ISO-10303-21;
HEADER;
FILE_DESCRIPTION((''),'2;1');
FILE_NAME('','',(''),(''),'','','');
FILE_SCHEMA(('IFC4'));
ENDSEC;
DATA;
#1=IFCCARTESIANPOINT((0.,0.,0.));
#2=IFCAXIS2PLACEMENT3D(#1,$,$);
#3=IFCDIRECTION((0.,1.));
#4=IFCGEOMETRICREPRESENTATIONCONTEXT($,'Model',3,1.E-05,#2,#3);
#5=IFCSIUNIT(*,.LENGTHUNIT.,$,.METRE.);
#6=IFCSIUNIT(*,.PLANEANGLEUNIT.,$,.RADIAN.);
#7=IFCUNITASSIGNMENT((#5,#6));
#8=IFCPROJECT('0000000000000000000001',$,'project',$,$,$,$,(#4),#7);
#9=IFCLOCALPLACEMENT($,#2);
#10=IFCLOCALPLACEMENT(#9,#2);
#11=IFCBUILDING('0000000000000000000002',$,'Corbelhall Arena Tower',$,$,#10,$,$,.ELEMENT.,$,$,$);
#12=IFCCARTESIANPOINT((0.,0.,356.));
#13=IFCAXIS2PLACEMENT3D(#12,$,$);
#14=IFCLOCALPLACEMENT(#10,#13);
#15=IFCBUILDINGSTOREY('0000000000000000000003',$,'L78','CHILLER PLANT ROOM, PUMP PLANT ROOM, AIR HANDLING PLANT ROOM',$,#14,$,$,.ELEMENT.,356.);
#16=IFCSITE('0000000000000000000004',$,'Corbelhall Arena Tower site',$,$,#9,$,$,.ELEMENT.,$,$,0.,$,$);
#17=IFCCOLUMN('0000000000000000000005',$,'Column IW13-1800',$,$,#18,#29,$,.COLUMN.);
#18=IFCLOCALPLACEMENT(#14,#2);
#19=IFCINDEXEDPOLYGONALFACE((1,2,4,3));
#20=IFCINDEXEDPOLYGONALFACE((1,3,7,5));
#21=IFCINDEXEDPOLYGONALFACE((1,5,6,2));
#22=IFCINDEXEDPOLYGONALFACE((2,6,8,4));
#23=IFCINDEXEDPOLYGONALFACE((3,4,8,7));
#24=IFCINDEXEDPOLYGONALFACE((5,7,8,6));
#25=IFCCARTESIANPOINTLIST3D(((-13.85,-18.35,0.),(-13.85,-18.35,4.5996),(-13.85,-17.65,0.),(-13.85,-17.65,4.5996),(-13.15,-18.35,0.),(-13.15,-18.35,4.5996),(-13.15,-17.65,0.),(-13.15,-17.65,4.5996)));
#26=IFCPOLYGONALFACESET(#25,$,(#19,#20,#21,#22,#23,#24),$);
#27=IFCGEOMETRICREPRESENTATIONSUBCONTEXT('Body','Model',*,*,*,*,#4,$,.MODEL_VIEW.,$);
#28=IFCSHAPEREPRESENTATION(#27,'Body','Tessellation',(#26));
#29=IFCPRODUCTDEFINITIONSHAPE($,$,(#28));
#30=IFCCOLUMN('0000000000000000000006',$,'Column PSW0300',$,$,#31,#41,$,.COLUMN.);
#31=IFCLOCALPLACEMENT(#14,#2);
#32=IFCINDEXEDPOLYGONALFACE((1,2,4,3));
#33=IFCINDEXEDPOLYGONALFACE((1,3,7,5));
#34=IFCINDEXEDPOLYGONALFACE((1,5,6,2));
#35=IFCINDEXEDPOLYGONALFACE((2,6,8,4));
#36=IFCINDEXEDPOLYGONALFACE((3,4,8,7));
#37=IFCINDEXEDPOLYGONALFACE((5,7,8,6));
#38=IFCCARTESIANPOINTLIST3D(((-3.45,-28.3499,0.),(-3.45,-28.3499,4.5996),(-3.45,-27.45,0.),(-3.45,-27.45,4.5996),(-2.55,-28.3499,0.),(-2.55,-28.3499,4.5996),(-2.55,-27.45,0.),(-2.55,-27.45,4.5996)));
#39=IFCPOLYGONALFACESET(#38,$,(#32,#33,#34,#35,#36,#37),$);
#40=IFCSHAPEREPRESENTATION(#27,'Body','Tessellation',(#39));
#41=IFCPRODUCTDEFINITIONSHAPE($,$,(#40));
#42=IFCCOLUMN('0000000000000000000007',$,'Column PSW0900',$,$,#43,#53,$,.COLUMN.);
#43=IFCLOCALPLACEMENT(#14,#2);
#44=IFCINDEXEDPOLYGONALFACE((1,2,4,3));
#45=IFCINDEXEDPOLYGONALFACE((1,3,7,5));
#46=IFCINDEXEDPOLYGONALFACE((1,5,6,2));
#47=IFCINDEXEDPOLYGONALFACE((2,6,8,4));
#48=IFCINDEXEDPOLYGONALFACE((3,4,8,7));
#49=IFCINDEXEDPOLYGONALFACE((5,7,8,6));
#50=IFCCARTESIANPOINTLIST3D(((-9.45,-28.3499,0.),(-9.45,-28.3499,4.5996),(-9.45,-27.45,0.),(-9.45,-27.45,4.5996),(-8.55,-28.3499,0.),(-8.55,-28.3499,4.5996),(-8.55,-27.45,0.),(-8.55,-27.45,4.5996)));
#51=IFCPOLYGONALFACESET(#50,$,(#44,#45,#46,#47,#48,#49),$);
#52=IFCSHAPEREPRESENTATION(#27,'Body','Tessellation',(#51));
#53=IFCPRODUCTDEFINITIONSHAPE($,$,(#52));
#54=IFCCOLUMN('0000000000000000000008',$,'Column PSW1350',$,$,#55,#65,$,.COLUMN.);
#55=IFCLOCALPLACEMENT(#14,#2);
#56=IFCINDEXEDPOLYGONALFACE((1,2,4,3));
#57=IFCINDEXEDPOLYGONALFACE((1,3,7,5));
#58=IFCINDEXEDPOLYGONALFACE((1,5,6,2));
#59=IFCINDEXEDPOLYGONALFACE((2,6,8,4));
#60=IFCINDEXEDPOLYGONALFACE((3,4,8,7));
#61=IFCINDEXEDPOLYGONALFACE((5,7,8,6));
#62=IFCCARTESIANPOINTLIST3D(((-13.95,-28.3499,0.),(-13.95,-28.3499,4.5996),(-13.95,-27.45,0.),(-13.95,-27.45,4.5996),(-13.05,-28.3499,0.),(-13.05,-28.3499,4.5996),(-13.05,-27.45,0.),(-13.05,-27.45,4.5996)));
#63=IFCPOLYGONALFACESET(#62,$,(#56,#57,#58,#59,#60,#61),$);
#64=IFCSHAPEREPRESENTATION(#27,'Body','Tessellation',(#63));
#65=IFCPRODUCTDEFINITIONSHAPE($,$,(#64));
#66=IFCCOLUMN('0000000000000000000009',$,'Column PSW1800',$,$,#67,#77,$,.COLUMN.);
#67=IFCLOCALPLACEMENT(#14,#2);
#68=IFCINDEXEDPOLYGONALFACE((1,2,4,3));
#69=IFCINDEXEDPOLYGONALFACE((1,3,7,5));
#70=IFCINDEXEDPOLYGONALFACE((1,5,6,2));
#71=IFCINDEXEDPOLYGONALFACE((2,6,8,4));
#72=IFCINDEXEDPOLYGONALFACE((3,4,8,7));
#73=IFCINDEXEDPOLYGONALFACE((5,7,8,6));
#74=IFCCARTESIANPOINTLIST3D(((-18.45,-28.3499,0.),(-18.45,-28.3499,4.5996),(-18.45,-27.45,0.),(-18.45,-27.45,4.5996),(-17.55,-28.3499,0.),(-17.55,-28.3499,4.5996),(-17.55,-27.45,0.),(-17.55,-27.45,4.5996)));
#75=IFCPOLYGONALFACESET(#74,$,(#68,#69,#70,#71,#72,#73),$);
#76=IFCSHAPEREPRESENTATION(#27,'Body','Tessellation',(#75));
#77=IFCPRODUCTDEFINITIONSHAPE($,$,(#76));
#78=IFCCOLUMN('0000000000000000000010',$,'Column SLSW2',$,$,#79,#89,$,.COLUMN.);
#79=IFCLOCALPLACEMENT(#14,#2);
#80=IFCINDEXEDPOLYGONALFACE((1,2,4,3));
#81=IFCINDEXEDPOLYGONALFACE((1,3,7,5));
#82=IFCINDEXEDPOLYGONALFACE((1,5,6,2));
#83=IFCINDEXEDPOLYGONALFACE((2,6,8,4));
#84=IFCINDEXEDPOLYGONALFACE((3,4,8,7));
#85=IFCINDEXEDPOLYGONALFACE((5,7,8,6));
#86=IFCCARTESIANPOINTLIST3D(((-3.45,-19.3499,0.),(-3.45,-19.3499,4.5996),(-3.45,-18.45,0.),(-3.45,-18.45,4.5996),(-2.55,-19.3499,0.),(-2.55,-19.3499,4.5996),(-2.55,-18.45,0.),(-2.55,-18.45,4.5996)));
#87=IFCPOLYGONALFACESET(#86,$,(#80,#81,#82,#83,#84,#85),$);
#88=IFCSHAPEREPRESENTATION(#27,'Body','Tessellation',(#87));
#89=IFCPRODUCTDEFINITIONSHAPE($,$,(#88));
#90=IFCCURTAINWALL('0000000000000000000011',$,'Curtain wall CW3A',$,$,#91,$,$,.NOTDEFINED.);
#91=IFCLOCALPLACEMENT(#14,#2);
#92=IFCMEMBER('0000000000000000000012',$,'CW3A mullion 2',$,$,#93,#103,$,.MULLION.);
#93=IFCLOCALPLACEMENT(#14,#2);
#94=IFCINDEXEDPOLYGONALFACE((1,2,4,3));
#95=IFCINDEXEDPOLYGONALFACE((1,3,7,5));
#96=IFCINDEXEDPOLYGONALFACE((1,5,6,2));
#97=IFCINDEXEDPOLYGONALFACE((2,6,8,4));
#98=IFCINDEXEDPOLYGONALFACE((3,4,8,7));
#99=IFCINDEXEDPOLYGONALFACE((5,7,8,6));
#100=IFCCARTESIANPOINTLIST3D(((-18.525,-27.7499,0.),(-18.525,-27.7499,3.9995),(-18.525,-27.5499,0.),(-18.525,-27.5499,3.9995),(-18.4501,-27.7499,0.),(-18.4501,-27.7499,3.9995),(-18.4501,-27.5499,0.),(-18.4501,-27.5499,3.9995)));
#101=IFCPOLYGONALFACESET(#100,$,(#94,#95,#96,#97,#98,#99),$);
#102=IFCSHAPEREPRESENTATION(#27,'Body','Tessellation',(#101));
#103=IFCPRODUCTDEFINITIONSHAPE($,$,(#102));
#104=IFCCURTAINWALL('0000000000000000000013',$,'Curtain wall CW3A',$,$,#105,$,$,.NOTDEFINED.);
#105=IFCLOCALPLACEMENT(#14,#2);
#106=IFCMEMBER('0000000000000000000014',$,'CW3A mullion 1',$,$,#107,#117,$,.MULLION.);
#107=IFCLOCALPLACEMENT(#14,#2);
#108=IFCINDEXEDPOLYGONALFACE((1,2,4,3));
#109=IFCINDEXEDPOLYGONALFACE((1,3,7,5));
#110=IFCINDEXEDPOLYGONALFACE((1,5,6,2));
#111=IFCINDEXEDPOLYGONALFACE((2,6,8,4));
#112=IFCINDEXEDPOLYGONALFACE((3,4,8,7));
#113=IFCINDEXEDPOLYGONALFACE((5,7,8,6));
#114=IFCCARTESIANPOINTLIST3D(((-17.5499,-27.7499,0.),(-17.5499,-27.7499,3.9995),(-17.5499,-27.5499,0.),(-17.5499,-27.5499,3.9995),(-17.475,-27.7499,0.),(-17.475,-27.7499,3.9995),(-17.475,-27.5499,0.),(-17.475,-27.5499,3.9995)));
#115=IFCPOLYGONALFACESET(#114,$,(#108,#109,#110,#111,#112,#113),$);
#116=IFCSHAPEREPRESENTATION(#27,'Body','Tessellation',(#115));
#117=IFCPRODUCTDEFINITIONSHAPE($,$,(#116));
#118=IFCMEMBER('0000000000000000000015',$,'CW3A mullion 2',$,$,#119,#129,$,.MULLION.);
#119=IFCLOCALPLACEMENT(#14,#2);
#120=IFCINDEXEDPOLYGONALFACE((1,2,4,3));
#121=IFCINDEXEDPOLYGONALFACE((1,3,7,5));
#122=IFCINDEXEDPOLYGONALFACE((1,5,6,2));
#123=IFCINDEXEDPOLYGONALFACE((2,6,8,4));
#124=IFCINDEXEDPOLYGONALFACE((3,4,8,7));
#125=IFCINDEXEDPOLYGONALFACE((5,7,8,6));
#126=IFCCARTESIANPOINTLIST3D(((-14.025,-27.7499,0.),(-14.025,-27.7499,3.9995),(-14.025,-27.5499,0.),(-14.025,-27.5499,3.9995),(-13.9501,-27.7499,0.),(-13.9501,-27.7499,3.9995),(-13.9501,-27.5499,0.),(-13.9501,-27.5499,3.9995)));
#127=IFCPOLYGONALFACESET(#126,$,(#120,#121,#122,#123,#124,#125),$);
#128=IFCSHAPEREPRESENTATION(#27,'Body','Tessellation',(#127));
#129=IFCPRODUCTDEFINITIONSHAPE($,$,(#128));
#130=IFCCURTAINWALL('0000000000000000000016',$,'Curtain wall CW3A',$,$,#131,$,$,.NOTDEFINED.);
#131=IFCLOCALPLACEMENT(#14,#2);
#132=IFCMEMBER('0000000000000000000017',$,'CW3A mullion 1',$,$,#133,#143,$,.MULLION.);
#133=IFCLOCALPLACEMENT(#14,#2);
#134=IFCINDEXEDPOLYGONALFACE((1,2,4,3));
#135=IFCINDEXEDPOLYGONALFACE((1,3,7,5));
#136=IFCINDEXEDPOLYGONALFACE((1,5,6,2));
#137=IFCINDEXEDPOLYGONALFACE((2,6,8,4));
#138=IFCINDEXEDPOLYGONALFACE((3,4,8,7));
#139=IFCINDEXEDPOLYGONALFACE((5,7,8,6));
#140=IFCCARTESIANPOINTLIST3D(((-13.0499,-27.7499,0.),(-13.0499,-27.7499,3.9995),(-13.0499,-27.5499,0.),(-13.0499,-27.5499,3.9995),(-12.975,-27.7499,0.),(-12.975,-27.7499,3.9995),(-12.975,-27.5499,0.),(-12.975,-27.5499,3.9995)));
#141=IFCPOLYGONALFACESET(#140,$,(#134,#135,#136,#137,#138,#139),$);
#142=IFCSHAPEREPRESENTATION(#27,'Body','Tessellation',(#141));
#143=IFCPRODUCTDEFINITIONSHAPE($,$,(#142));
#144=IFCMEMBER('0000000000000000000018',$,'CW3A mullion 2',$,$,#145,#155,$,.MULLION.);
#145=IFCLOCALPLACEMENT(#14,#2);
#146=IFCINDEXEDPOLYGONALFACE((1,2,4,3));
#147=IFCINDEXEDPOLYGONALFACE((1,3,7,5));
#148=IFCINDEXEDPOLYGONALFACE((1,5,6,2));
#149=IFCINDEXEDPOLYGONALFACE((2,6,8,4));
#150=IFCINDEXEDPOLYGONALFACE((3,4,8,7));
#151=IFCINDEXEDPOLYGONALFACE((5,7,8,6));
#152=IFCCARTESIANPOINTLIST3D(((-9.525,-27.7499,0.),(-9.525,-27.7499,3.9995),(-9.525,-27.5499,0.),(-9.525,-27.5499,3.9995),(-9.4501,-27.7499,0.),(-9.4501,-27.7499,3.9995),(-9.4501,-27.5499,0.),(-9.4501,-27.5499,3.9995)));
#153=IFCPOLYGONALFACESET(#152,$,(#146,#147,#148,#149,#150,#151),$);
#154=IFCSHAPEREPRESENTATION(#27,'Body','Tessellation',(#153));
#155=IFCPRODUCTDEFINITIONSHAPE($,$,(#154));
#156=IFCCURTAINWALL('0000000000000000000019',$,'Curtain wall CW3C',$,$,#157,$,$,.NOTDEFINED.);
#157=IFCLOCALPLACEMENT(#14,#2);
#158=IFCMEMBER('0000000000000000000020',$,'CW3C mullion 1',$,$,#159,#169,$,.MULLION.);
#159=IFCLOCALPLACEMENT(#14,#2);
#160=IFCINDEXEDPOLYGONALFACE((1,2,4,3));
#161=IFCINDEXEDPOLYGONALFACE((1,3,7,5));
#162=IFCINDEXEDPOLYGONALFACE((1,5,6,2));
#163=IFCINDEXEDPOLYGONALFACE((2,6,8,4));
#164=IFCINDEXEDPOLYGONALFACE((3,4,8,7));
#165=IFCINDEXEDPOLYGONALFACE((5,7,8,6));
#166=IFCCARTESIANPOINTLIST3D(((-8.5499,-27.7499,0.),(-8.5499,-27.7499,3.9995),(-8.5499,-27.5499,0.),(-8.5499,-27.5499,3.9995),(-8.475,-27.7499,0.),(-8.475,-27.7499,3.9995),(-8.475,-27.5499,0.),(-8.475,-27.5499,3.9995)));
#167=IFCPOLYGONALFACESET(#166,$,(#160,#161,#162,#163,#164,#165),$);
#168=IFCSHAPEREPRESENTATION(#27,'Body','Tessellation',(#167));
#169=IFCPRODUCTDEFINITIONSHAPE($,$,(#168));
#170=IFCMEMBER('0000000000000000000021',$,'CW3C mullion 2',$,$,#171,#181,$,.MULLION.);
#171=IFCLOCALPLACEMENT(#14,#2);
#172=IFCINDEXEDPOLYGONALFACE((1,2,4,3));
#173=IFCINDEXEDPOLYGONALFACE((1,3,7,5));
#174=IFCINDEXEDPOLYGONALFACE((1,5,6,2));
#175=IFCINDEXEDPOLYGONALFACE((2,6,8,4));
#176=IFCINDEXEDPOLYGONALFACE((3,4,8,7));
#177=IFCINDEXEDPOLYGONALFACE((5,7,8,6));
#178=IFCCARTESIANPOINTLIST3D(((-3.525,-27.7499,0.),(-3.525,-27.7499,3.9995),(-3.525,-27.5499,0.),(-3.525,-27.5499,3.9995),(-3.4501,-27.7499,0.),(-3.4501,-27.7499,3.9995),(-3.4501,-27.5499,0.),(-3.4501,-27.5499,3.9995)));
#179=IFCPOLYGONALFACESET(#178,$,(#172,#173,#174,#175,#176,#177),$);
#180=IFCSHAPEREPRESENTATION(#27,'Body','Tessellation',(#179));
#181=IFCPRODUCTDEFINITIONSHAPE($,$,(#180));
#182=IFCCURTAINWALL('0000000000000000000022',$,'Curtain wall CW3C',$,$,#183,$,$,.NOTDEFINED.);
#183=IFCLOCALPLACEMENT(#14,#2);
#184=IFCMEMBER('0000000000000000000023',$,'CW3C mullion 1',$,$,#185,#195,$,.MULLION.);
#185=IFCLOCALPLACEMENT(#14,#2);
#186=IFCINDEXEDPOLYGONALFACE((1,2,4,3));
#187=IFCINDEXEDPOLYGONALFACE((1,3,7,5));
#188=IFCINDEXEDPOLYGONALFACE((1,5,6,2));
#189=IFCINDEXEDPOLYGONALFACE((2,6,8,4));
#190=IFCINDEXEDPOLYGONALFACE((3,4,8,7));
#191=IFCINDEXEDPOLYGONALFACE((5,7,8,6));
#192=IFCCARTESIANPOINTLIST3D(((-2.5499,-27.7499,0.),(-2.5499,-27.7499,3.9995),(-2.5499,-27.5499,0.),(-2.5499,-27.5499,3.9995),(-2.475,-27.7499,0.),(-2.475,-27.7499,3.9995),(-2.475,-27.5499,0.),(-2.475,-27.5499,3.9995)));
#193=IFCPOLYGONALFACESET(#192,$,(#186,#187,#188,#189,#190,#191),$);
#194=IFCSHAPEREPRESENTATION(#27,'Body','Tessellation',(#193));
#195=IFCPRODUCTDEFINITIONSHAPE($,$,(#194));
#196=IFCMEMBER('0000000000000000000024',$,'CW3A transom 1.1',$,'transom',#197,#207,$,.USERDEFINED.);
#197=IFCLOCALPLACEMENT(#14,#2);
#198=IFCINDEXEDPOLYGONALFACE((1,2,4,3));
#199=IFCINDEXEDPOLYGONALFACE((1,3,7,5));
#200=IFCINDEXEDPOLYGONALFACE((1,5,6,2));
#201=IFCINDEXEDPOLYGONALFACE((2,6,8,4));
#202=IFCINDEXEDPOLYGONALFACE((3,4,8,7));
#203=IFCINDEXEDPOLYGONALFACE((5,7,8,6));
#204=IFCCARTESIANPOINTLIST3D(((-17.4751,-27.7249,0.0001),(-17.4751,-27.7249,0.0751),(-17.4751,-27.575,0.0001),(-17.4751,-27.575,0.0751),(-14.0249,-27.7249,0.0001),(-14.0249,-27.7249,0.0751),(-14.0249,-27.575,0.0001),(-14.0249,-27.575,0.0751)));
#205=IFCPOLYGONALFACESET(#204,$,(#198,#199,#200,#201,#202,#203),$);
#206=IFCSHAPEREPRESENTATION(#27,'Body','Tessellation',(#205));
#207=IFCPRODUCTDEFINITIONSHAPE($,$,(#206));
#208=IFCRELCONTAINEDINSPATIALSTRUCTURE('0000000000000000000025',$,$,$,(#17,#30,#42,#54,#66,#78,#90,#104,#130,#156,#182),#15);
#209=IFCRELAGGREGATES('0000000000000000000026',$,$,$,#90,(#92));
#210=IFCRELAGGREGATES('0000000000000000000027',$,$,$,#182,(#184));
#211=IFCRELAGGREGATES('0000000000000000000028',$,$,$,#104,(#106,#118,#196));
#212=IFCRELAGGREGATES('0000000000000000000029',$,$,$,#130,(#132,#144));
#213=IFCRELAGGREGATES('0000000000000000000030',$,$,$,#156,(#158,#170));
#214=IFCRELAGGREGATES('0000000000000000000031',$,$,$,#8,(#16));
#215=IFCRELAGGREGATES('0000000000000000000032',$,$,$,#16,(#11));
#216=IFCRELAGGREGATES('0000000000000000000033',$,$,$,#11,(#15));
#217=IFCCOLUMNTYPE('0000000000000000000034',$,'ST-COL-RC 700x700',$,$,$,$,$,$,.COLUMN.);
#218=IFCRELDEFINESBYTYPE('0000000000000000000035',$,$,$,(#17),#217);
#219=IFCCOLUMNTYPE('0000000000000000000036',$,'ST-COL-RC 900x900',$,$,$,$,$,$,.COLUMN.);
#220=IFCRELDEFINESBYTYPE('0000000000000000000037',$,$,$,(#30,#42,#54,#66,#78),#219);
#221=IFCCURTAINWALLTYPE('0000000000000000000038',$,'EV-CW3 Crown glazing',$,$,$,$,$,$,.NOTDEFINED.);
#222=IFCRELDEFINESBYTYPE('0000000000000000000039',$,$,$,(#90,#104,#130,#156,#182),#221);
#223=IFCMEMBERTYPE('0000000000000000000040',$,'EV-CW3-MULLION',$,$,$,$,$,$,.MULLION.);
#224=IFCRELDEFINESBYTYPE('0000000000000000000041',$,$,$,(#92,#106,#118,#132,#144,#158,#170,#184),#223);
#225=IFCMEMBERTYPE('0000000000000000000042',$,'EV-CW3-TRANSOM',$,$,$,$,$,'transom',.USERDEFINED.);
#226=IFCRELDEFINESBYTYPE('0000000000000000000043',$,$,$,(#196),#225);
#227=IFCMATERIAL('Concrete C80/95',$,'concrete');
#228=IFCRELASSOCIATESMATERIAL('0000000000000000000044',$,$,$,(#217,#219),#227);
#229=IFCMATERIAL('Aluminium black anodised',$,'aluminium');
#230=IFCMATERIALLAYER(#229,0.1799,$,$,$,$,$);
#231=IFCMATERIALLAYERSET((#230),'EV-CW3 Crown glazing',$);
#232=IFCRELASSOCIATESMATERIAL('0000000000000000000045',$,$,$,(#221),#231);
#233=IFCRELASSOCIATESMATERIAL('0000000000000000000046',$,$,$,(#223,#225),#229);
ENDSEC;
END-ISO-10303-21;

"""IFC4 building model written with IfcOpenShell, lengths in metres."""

from ifc_helpers import new_model, si_unit, direction, frame, origin, origin_2d, place, context, subcontext, project, spatial, rectangle, extrude, material, layer, layer_set, material_profile, profile_set, type_object, element, aggregate, save


model = new_model("IFC4")

# Units and contexts
model_context = context("Model", 3, precision=1e-05, world=origin(), true_north=direction((0.0, 1.0)))
body_context = subcontext(model_context, "Body", "Model", "MODEL_VIEW")
ifc_project = project(units=[si_unit("LENGTHUNIT", "METRE"), si_unit("PLANEANGLEUNIT", "RADIAN")], contexts=[model_context])

# Site, building, storey
site_placement = place(None, origin())
site = spatial("IfcSite", under=ifc_project, at=site_placement, Name="Corbelhall Arena Tower site", CompositionType="ELEMENT", RefElevation=0.0)
building_placement = place(site_placement, origin())
building = spatial("IfcBuilding", under=site, at=building_placement, Name="Corbelhall Arena Tower", CompositionType="ELEMENT")
storey_placement = place(building_placement, frame((0.0, 0.0, 356.0)))
storey = spatial("IfcBuildingStorey", under=building, at=storey_placement, Name="L78", Description="CHILLER PLANT ROOM, PUMP PLANT ROOM, AIR HANDLING PLANT ROOM", CompositionType="ELEMENT", Elevation=356.0)

# Columns
ifc_material_1 = material(Name="Concrete C80/95", Category="concrete")
ifc_material_profile_1 = material_profile(ifc_material_1, rectangle(XDim=0.7, YDim=0.7, at=origin_2d()))
ifc_profile_set_1 = profile_set([ifc_material_profile_1], Name="Concrete C80/95")
column_type_1 = type_object("IfcColumnType", Name="ST-COL-RC 700x700", PredefinedType="COLUMN", material=ifc_profile_set_1)
column_placement = place(storey_placement, frame((-13.5, -18.0, 0.0), z_axis=(0.0, 0.0, 1.0), x_axis=(1.0, 0.0, 0.0)))
element("IfcColumn", 1, at=column_placement, inside=storey, type_object=column_type_1, Name="Column IW13-1800", PredefinedType="COLUMN", context=body_context, shape_type="SweptSolid", body=[
    extrude(rectangle(XDim=0.7, YDim=0.7, at=origin_2d()), origin(), (0.0, 0.0, 1.0), 4.5996),
])
ifc_material_profile_2 = material_profile(ifc_material_1, rectangle(XDim=0.8999, YDim=0.8999, at=origin_2d()))
ifc_profile_set_2 = profile_set([ifc_material_profile_2], Name="Concrete C80/95")
column_type_2 = type_object("IfcColumnType", Name="ST-COL-RC 900x900", PredefinedType="COLUMN", material=ifc_profile_set_2)
for number, where, z_axis, x_axis, name in (
    (2, (-3.0, -27.8999, 0.0), (0.0, 0.0, 1.0), (1.0, 0.0, 0.0), "Column PSW0300"),
    (3, (-9.0, -27.8999, 0.0), (0.0, 0.0, 1.0), (1.0, 0.0, 0.0), "Column PSW0900"),
    (4, (-13.5, -27.8999, 0.0), (0.0, 0.0, 1.0), (1.0, 0.0, 0.0), "Column PSW1350"),
    (5, (-18.0, -27.8999, 0.0), (0.0, 0.0, 1.0), (1.0, 0.0, 0.0), "Column PSW1800"),
    (6, (-3.0, -18.8999, 0.0), (0.0, 0.0, 1.0), (1.0, 0.0, 0.0), "Column SLSW2"),
):
    element("IfcColumn", number, at=place(storey_placement, frame(where, z_axis=z_axis, x_axis=x_axis)), inside=storey, type_object=column_type_2, Name=name, PredefinedType="COLUMN", context=body_context, shape_type="SweptSolid", body=[
        extrude(rectangle(XDim=0.8999, YDim=0.8999, at=origin_2d()), origin(), (0.0, 0.0, 1.0), 4.5996),
    ])

# Curtain wall, member
ifc_material_2 = material(Name="Aluminium black anodised", Category="aluminium")
ifc_layer_1 = layer(ifc_material_2, 0.1799)
ifc_layer_set_1 = layer_set([ifc_layer_1], Name="EV-CW3 Crown glazing")
curtain_wall_type = type_object("IfcCurtainWallType", Name="EV-CW3 Crown glazing", PredefinedType="NOTDEFINED", material=ifc_layer_set_1)
curtain_wall_1_placement = place(storey_placement, origin())
curtain_wall_1 = element("IfcCurtainWall", 7, at=curtain_wall_1_placement, inside=storey, type_object=curtain_wall_type, Name="Curtain wall CW3A", PredefinedType="NOTDEFINED")
ifc_material_profile_3 = material_profile(ifc_material_2, rectangle(XDim=0.2, YDim=0.075, at=origin_2d()))
ifc_profile_set_3 = profile_set([ifc_material_profile_3], Name="Aluminium black anodised")
member_type_1 = type_object("IfcMemberType", Name="EV-CW3-MULLION", PredefinedType="MULLION", material=ifc_profile_set_3)
member_1_placement = place(storey_placement, frame((-18.4875, -27.6499, 0.0), z_axis=(0.0, 0.0, 1.0), x_axis=(0.0, 1.0, 0.0)))
member_1 = element("IfcMember", 8, at=member_1_placement, type_object=member_type_1, Name="CW3A mullion 2", PredefinedType="MULLION", context=body_context, shape_type="SweptSolid", body=[
    extrude(rectangle(XDim=0.2, YDim=0.075, at=origin_2d()), origin(), (0.0, 0.0, 1.0), 3.9995),
])
aggregate(curtain_wall_1, [member_1])

# Curtain walls, members
curtain_wall_2_placement = place(storey_placement, origin())
curtain_wall_2 = element("IfcCurtainWall", 9, at=curtain_wall_2_placement, inside=storey, type_object=curtain_wall_type, Name="Curtain wall CW3A", PredefinedType="NOTDEFINED")
member_2_placement = place(storey_placement, frame((-17.5125, -27.6499, 0.0), z_axis=(0.0, 0.0, 1.0), x_axis=(0.0, 1.0, 0.0)))
member_2 = element("IfcMember", 10, at=member_2_placement, type_object=member_type_1, Name="CW3A mullion 1", PredefinedType="MULLION", context=body_context, shape_type="SweptSolid", body=[
    extrude(rectangle(XDim=0.2, YDim=0.075, at=origin_2d()), origin(), (0.0, 0.0, 1.0), 3.9995),
])
member_3_placement = place(storey_placement, frame((-13.9875, -27.6499, 0.0), z_axis=(0.0, 0.0, 1.0), x_axis=(0.0, 1.0, 0.0)))
member_3 = element("IfcMember", 11, at=member_3_placement, type_object=member_type_1, Name="CW3A mullion 2", PredefinedType="MULLION", context=body_context, shape_type="SweptSolid", body=[
    extrude(rectangle(XDim=0.2, YDim=0.075, at=origin_2d()), origin(), (0.0, 0.0, 1.0), 3.9995),
])
curtain_wall_3_placement = place(storey_placement, origin())
curtain_wall_3 = element("IfcCurtainWall", 12, at=curtain_wall_3_placement, inside=storey, type_object=curtain_wall_type, Name="Curtain wall CW3A", PredefinedType="NOTDEFINED")
member_4_placement = place(storey_placement, frame((-13.0125, -27.6499, 0.0), z_axis=(0.0, 0.0, 1.0), x_axis=(0.0, 1.0, 0.0)))
member_4 = element("IfcMember", 13, at=member_4_placement, type_object=member_type_1, Name="CW3A mullion 1", PredefinedType="MULLION", context=body_context, shape_type="SweptSolid", body=[
    extrude(rectangle(XDim=0.2, YDim=0.075, at=origin_2d()), origin(), (0.0, 0.0, 1.0), 3.9995),
])
member_5_placement = place(storey_placement, frame((-9.4875, -27.6499, 0.0), z_axis=(0.0, 0.0, 1.0), x_axis=(0.0, 1.0, 0.0)))
member_5 = element("IfcMember", 14, at=member_5_placement, type_object=member_type_1, Name="CW3A mullion 2", PredefinedType="MULLION", context=body_context, shape_type="SweptSolid", body=[
    extrude(rectangle(XDim=0.2, YDim=0.075, at=origin_2d()), origin(), (0.0, 0.0, 1.0), 3.9995),
])
curtain_wall_4_placement = place(storey_placement, origin())
curtain_wall_4 = element("IfcCurtainWall", 15, at=curtain_wall_4_placement, inside=storey, type_object=curtain_wall_type, Name="Curtain wall CW3C", PredefinedType="NOTDEFINED")
member_6_placement = place(storey_placement, frame((-8.5125, -27.6499, 0.0), z_axis=(0.0, 0.0, 1.0), x_axis=(0.0, 1.0, 0.0)))
member_6 = element("IfcMember", 16, at=member_6_placement, type_object=member_type_1, Name="CW3C mullion 1", PredefinedType="MULLION", context=body_context, shape_type="SweptSolid", body=[
    extrude(rectangle(XDim=0.2, YDim=0.075, at=origin_2d()), origin(), (0.0, 0.0, 1.0), 3.9995),
])
member_7_placement = place(storey_placement, frame((-3.4875, -27.6499, 0.0), z_axis=(0.0, 0.0, 1.0), x_axis=(0.0, 1.0, 0.0)))
member_7 = element("IfcMember", 17, at=member_7_placement, type_object=member_type_1, Name="CW3C mullion 2", PredefinedType="MULLION", context=body_context, shape_type="SweptSolid", body=[
    extrude(rectangle(XDim=0.2, YDim=0.075, at=origin_2d()), origin(), (0.0, 0.0, 1.0), 3.9995),
])

# Curtain wall, member
curtain_wall_5_placement = place(storey_placement, origin())
curtain_wall_5 = element("IfcCurtainWall", 18, at=curtain_wall_5_placement, inside=storey, type_object=curtain_wall_type, Name="Curtain wall CW3C", PredefinedType="NOTDEFINED")
member_8_placement = place(storey_placement, frame((-2.5125, -27.6499, 0.0), z_axis=(0.0, 0.0, 1.0), x_axis=(0.0, 1.0, 0.0)))
member_8 = element("IfcMember", 19, at=member_8_placement, type_object=member_type_1, Name="CW3C mullion 1", PredefinedType="MULLION", context=body_context, shape_type="SweptSolid", body=[
    extrude(rectangle(XDim=0.2, YDim=0.075, at=origin_2d()), origin(), (0.0, 0.0, 1.0), 3.9995),
])

# Member
ifc_material_profile_4 = material_profile(ifc_material_2, rectangle(XDim=0.1499, YDim=0.075, at=origin_2d()))
ifc_profile_set_4 = profile_set([ifc_material_profile_4], Name="Aluminium black anodised")
member_type_2 = type_object("IfcMemberType", Name="EV-CW3-TRANSOM", ElementType="transom", PredefinedType="USERDEFINED", material=ifc_profile_set_4)
member_9_placement = place(storey_placement, frame((-17.4751, -27.6499, 0.0376), z_axis=(1.0, 0.0, 0.0), x_axis=(0.0, 1.0, 0.0)))
member_9 = element("IfcMember", 20, at=member_9_placement, type_object=member_type_2, Name="CW3A transom 1.1", ObjectType="transom", PredefinedType="USERDEFINED", context=body_context, shape_type="SweptSolid", body=[
    extrude(rectangle(XDim=0.1499, YDim=0.075, at=origin_2d()), origin(), (0.0, 0.0, 1.0), 3.4502),
])
aggregate(curtain_wall_5, [member_8])

aggregate(curtain_wall_2, [member_2, member_3, member_9])
aggregate(curtain_wall_3, [member_4, member_5])
aggregate(curtain_wall_4, [member_6, member_7])

save(model, "model.ifc")
